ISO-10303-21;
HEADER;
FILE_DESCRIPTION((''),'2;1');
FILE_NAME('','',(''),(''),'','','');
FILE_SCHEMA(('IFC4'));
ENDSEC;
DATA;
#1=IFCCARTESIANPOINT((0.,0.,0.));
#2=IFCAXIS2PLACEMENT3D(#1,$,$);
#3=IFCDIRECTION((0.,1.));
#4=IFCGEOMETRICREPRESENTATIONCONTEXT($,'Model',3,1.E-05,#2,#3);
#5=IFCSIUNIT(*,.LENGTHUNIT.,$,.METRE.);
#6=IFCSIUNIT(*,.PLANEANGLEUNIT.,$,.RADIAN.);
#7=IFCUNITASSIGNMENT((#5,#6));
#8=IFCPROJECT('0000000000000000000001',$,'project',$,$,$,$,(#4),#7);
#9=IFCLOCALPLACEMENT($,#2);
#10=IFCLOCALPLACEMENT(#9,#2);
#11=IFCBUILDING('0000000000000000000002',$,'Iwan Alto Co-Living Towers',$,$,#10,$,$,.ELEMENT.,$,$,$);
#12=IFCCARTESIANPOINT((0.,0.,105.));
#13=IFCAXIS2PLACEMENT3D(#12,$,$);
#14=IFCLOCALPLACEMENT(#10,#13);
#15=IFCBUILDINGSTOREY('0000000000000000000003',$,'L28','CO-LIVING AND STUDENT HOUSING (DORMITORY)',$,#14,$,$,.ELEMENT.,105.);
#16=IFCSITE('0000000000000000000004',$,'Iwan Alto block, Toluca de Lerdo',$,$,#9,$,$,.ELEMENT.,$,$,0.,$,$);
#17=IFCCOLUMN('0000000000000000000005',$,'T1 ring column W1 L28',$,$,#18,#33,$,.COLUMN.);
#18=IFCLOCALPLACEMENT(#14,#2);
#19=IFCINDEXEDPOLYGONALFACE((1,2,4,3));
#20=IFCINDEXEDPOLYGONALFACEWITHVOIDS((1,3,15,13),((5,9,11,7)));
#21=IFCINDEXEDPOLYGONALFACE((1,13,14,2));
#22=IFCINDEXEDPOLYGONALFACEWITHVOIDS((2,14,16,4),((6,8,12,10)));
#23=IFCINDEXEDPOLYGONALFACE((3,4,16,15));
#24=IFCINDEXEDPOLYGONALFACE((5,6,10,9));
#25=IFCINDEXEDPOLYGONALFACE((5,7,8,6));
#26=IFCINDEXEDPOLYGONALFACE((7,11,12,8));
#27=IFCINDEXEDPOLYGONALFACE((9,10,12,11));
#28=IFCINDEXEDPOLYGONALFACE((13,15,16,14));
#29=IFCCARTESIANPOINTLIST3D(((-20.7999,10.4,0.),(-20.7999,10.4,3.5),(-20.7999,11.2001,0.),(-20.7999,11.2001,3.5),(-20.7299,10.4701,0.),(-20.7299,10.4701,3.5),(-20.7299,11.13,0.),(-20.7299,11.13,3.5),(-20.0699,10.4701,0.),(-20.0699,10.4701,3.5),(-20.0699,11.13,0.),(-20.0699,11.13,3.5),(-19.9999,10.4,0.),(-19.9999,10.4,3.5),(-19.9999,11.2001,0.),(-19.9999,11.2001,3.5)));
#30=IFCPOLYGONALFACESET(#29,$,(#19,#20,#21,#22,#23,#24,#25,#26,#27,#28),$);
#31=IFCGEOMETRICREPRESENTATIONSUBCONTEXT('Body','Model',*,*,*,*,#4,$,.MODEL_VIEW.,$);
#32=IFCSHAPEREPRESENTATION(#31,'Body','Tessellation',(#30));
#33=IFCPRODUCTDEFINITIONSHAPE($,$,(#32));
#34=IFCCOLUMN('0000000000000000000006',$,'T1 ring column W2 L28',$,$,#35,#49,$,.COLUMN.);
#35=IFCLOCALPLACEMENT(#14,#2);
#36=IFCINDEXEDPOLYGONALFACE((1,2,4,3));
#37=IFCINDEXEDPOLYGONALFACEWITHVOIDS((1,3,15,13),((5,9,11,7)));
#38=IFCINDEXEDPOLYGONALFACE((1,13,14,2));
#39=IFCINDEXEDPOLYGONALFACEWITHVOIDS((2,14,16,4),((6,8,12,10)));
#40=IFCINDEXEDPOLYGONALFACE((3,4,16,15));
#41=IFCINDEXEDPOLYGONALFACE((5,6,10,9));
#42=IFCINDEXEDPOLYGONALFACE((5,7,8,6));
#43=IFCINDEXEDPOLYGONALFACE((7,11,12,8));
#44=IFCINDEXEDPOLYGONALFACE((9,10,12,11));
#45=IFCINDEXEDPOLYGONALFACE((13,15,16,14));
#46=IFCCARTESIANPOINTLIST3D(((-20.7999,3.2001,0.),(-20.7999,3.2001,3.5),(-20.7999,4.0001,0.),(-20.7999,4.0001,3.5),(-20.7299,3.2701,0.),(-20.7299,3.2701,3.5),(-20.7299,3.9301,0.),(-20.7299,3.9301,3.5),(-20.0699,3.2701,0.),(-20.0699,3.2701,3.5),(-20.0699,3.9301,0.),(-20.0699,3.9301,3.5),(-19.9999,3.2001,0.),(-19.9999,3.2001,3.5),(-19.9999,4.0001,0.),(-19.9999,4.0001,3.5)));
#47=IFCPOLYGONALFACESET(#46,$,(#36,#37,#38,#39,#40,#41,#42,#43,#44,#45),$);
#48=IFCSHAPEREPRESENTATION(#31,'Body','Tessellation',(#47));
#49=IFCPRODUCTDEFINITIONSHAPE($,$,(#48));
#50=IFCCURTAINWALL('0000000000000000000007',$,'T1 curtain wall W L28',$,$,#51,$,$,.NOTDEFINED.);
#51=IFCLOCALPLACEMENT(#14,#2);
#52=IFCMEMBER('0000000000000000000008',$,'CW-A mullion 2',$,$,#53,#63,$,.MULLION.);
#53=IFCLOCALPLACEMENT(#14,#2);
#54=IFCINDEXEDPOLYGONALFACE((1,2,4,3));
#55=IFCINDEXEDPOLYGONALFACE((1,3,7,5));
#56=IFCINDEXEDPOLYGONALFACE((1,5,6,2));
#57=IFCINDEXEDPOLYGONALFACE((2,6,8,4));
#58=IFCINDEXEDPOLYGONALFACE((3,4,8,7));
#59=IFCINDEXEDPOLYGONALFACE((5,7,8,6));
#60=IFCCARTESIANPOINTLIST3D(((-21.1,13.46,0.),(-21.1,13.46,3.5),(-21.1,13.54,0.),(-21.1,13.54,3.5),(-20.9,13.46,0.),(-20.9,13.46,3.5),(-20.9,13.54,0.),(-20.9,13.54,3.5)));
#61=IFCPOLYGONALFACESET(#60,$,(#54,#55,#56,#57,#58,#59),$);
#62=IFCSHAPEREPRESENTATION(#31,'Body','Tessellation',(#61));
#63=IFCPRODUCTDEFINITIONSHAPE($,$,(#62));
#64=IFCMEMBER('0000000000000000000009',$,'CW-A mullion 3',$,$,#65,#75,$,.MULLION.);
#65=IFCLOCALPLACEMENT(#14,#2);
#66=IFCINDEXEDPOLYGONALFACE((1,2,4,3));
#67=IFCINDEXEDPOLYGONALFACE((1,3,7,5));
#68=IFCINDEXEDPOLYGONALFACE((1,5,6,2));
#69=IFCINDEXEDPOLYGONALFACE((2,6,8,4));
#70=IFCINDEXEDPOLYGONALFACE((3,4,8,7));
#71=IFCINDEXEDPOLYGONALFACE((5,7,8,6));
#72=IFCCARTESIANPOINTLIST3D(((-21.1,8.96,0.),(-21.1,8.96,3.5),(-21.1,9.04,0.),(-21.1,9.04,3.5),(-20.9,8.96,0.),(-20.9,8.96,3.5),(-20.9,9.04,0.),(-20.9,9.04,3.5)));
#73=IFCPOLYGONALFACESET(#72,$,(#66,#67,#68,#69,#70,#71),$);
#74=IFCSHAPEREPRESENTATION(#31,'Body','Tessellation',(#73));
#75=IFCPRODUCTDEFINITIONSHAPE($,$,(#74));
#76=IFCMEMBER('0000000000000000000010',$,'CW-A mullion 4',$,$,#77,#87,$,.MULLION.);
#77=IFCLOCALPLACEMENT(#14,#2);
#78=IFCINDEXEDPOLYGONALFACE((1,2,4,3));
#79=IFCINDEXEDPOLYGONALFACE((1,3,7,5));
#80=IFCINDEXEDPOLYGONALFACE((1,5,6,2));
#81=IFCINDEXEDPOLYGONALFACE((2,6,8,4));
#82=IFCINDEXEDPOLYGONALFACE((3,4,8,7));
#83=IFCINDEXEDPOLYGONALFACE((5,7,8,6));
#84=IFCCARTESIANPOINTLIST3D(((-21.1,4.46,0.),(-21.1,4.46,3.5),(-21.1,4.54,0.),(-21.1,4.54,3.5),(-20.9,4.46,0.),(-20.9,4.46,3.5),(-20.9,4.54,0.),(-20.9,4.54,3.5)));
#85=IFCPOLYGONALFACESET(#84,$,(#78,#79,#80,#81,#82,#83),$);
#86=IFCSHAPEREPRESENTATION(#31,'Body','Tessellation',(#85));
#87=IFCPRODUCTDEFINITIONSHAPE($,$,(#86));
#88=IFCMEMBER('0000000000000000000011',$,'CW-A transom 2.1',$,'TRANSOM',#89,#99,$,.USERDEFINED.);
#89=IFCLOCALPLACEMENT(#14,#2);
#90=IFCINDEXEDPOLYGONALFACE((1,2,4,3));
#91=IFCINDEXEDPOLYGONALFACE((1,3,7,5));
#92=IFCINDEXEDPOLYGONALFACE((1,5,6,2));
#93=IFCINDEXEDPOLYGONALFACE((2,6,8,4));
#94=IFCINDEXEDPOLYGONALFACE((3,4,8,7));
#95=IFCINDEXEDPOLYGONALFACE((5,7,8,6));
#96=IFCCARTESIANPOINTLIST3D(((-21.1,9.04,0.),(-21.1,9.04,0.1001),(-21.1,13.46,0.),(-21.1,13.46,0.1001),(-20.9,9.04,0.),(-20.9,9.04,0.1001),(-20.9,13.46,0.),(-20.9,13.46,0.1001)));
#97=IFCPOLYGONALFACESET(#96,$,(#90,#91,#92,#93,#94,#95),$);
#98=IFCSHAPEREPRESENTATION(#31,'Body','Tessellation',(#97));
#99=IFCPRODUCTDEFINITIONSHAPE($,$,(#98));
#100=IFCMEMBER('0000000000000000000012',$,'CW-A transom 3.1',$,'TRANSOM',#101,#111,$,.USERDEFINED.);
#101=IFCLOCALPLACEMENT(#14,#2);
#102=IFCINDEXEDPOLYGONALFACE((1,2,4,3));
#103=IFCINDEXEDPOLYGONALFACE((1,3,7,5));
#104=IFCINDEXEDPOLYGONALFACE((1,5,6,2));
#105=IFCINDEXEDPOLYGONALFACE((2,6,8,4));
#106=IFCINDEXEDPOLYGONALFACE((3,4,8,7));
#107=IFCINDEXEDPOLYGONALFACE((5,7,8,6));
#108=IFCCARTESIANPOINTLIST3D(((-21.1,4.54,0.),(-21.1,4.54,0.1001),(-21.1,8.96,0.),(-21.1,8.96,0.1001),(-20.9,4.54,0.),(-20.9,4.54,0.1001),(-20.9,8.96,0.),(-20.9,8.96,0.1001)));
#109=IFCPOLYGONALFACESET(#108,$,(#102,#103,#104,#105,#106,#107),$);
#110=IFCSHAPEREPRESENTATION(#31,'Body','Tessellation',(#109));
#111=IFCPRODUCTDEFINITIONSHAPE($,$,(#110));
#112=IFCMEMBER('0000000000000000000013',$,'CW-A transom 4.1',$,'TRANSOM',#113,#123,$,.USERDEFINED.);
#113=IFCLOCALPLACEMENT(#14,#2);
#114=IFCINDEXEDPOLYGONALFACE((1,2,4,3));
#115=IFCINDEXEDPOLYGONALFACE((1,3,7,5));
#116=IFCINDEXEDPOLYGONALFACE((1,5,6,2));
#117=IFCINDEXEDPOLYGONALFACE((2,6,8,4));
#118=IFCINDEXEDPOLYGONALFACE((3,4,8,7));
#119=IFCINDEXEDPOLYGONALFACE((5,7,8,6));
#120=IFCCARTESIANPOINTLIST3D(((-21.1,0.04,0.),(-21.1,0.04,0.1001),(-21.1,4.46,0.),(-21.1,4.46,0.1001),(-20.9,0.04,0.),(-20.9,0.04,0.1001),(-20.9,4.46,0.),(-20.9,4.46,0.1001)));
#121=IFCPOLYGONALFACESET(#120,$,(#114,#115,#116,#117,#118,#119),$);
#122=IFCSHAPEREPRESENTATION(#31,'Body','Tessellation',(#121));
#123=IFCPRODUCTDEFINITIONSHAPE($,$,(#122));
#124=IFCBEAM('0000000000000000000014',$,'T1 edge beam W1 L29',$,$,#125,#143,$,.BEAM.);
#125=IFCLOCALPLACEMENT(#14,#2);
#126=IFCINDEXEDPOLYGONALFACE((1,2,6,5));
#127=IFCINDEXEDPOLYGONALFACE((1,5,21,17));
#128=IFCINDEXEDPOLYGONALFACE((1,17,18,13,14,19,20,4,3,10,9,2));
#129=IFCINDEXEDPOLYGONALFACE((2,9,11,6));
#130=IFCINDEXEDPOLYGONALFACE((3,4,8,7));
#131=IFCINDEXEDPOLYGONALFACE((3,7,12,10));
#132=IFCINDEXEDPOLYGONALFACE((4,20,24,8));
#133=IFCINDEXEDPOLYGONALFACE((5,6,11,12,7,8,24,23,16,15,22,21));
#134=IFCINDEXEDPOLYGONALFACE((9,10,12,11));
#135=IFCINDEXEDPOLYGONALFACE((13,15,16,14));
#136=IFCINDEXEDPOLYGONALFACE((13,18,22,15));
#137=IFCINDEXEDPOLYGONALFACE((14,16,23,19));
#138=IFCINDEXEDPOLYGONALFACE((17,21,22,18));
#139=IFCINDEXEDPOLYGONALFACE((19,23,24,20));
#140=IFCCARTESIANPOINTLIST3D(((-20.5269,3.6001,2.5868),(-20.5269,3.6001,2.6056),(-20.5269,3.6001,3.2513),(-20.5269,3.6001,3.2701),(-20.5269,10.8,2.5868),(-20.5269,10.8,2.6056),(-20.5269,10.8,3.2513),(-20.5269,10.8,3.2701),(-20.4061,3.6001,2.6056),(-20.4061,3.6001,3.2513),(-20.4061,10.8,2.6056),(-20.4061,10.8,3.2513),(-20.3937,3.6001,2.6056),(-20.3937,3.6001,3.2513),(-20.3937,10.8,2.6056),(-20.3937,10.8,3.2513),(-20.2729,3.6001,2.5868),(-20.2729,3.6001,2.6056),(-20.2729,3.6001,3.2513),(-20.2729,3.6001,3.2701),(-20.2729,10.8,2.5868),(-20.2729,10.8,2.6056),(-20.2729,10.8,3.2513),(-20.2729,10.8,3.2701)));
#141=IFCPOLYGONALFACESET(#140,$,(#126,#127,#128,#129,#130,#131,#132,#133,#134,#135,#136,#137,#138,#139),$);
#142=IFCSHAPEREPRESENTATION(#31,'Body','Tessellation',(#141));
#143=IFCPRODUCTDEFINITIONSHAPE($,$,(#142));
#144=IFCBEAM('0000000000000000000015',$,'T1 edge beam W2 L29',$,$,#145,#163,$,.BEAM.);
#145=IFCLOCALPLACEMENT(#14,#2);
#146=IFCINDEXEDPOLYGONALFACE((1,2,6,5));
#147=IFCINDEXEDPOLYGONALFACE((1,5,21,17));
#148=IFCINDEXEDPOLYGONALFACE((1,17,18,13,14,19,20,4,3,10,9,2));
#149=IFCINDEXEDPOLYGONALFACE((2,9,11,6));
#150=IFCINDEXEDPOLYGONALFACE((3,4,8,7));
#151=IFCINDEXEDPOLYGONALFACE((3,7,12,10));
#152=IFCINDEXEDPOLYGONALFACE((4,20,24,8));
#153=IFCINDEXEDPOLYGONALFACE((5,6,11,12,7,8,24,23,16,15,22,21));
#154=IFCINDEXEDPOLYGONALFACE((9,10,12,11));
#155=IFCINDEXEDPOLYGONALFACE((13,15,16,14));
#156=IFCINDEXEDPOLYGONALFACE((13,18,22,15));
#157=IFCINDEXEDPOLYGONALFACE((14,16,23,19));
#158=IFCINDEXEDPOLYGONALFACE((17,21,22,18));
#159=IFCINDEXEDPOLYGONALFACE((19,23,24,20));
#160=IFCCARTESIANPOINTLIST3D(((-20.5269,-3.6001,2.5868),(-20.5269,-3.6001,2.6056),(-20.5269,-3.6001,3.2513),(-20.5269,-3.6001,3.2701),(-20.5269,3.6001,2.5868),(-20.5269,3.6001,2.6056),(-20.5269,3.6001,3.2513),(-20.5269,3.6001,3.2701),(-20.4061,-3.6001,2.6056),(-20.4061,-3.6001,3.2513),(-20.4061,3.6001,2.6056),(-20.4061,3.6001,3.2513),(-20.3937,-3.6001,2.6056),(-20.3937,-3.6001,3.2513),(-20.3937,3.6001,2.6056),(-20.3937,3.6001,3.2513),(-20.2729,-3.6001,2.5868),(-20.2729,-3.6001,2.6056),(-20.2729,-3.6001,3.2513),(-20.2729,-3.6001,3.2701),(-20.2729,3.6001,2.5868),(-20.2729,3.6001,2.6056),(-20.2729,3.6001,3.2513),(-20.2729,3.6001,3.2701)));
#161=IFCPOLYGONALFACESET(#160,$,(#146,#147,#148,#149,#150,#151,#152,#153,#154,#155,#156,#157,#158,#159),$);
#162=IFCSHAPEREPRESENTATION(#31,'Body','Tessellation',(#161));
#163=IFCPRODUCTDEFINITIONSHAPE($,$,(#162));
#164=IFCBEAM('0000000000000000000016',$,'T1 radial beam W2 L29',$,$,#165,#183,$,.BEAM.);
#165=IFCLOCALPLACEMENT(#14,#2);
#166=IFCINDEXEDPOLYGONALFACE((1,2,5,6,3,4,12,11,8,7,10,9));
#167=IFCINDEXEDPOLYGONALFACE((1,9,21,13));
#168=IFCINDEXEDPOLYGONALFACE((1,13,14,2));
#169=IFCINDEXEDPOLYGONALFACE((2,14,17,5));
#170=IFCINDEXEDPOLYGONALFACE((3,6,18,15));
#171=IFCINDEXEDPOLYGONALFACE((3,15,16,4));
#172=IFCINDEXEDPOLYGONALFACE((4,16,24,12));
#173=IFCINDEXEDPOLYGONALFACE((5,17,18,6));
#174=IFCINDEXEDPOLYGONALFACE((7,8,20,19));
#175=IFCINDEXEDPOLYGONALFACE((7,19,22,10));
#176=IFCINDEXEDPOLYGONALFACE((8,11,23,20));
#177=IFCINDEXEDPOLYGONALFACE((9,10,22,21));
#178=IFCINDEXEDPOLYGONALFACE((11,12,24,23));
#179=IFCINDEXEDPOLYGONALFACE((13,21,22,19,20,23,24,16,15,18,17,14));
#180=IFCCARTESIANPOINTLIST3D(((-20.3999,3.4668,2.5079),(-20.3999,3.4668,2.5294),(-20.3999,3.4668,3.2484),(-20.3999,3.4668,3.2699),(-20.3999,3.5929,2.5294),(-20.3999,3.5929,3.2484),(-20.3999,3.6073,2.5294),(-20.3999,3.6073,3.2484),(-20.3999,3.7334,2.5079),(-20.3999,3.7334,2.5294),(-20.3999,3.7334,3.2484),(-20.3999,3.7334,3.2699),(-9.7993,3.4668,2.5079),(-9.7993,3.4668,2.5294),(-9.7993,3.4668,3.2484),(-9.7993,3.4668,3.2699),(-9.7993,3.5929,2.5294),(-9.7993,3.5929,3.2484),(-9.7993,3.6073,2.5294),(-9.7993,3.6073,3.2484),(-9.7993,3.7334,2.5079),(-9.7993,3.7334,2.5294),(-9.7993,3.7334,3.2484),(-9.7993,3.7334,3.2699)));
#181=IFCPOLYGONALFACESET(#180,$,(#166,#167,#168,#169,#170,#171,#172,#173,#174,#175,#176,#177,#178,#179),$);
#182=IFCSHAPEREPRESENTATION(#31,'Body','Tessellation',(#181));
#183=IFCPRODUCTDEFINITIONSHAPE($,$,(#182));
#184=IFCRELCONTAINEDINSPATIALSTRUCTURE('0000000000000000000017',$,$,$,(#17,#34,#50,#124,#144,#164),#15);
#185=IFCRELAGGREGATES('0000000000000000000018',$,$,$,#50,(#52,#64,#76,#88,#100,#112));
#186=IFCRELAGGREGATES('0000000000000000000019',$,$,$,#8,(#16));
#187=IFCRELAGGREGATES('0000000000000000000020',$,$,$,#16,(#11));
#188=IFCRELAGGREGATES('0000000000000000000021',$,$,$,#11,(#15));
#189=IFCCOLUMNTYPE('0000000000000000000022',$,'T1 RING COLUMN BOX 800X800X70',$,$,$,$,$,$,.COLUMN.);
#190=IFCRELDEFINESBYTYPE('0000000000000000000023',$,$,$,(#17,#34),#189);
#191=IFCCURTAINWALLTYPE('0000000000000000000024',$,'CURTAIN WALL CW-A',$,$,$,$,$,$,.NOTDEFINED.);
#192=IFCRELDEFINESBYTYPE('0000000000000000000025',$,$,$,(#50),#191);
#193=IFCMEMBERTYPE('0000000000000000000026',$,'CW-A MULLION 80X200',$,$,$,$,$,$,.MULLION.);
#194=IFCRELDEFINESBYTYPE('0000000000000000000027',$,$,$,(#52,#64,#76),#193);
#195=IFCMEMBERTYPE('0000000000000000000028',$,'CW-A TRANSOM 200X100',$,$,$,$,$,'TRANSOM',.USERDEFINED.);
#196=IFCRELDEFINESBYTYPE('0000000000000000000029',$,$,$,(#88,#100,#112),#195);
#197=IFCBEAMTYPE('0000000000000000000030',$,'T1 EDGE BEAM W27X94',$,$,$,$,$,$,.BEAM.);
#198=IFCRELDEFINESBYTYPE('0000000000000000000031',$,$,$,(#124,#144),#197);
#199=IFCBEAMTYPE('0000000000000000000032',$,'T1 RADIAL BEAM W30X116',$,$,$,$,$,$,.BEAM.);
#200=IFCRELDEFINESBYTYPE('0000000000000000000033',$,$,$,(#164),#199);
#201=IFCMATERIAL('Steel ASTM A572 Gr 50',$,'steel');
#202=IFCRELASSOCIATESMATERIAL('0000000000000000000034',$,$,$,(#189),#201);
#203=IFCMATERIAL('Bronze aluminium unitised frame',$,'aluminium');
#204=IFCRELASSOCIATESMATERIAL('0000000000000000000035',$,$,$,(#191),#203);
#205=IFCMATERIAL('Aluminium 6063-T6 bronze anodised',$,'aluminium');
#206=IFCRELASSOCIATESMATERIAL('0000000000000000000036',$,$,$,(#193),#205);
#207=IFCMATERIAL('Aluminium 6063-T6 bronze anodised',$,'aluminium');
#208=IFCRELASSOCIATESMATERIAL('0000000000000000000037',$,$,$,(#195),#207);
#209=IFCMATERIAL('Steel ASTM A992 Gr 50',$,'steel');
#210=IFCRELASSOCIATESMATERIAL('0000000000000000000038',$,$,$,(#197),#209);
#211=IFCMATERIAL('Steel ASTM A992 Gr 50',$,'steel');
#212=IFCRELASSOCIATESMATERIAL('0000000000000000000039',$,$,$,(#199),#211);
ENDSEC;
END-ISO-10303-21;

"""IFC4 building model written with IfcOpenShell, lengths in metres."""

from ifc_helpers import new_model, si_unit, direction, frame, origin, origin_2d, place, context, subcontext, project, spatial, rectangle, hollow_rectangle, i_section, extrude, material, material_profile, profile_set, type_object, element, aggregate, save


model = new_model("IFC4")

# Units and contexts
model_context = context("Model", 3, precision=1e-05, world=origin(), true_north=direction((0.0, 1.0)))
body_context = subcontext(model_context, "Body", "Model", "MODEL_VIEW")
ifc_project = project(units=[si_unit("LENGTHUNIT", "METRE"), si_unit("PLANEANGLEUNIT", "RADIAN")], contexts=[model_context])

# Site, building, storey
site_placement = place(None, origin())
site = spatial("IfcSite", under=ifc_project, at=site_placement, Name="Iwan Alto block, Toluca de Lerdo", CompositionType="ELEMENT", RefElevation=0.0)
building_placement = place(site_placement, origin())
building = spatial("IfcBuilding", under=site, at=building_placement, Name="Iwan Alto Co-Living Towers", CompositionType="ELEMENT")
storey_placement = place(building_placement, frame((0.0, 0.0, 105.0)))
storey = spatial("IfcBuildingStorey", under=building, at=storey_placement, Name="L28", Description="CO-LIVING AND STUDENT HOUSING (DORMITORY)", CompositionType="ELEMENT", Elevation=105.0)

# Columns
ifc_material_1 = material(Name="Steel ASTM A572 Gr 50", Category="steel")
ifc_material_profile_1 = material_profile(ifc_material_1, hollow_rectangle(XDim=0.8, YDim=0.8, WallThickness=0.0701, at=origin_2d()), Name="BOX 800X800X70")
ifc_profile_set_1 = profile_set([ifc_material_profile_1], Name="Steel ASTM A572 Gr 50")
column_type = type_object("IfcColumnType", Name="T1 RING COLUMN BOX 800X800X70", PredefinedType="COLUMN", material=ifc_profile_set_1)
for number, where, z_axis, x_axis, name in (
    (1, (-20.3999, 10.8, 0.0), (0.0, 0.0, 1.0), (1.0, 0.0, 0.0), "T1 ring column W1 L28"),
    (2, (-20.3999, 3.6001, 0.0), (0.0, 0.0, 1.0), (1.0, 0.0, 0.0), "T1 ring column W2 L28"),
):
    element("IfcColumn", number, at=place(storey_placement, frame(where, z_axis=z_axis, x_axis=x_axis)), inside=storey, type_object=column_type, Name=name, PredefinedType="COLUMN", context=body_context, shape_type="SweptSolid", body=[
        extrude(hollow_rectangle(XDim=0.8, YDim=0.8, WallThickness=0.0701, at=origin_2d()), origin(), (0.0, 0.0, 1.0), 3.5),
    ])

# Curtain wall, members
ifc_material_2 = material(Name="Bronze aluminium unitised frame", Category="aluminium")
curtain_wall_type = type_object("IfcCurtainWallType", Name="CURTAIN WALL CW-A", PredefinedType="NOTDEFINED", material=ifc_material_2)
curtain_wall_placement = place(storey_placement, origin())
curtain_wall = element("IfcCurtainWall", 3, at=curtain_wall_placement, inside=storey, type_object=curtain_wall_type, Name="T1 curtain wall W L28", PredefinedType="NOTDEFINED")
ifc_material_3 = material(Name="Aluminium 6063-T6 bronze anodised", Category="aluminium")
ifc_material_profile_2 = material_profile(ifc_material_3, rectangle(XDim=0.2, YDim=0.0801, at=origin_2d()), Name="AL 80X200")
ifc_profile_set_2 = profile_set([ifc_material_profile_2], Name="Aluminium 6063-T6 bronze anodised")
member_type_1 = type_object("IfcMemberType", Name="CW-A MULLION 80X200", PredefinedType="MULLION", material=ifc_profile_set_2)
member_1_placement = place(storey_placement, frame((-21.0, 13.5, 0.0), z_axis=(0.0, 0.0, 1.0), x_axis=(1.0, 0.0, 0.0)))
member_1 = element("IfcMember", 4, at=member_1_placement, type_object=member_type_1, Name="CW-A mullion 2", PredefinedType="MULLION", context=body_context, shape_type="SweptSolid", body=[
    extrude(rectangle(XDim=0.2, YDim=0.0801, at=origin_2d()), origin(), (0.0, 0.0, 1.0), 3.5),
])
member_2_placement = place(storey_placement, frame((-21.0, 9.0, 0.0), z_axis=(0.0, 0.0, 1.0), x_axis=(1.0, 0.0, 0.0)))
member_2 = element("IfcMember", 5, at=member_2_placement, type_object=member_type_1, Name="CW-A mullion 3", PredefinedType="MULLION", context=body_context, shape_type="SweptSolid", body=[
    extrude(rectangle(XDim=0.2, YDim=0.0801, at=origin_2d()), origin(), (0.0, 0.0, 1.0), 3.5),
])
member_3_placement = place(storey_placement, frame((-21.0, 4.5, 0.0), z_axis=(0.0, 0.0, 1.0), x_axis=(1.0, 0.0, 0.0)))
member_3 = element("IfcMember", 6, at=member_3_placement, type_object=member_type_1, Name="CW-A mullion 4", PredefinedType="MULLION", context=body_context, shape_type="SweptSolid", body=[
    extrude(rectangle(XDim=0.2, YDim=0.0801, at=origin_2d()), origin(), (0.0, 0.0, 1.0), 3.5),
])
ifc_material_4 = material(Name="Aluminium 6063-T6 bronze anodised", Category="aluminium")
ifc_material_profile_3 = material_profile(ifc_material_4, rectangle(XDim=0.2, YDim=0.1001, at=origin_2d()), Name="AL 200X100")
ifc_profile_set_3 = profile_set([ifc_material_profile_3], Name="Aluminium 6063-T6 bronze anodised")
member_type_2 = type_object("IfcMemberType", Name="CW-A TRANSOM 200X100", ElementType="TRANSOM", PredefinedType="USERDEFINED", material=ifc_profile_set_3)
member_4_placement = place(storey_placement, frame((-21.0, 13.46, 0.05), z_axis=(0.0, -1.0, 0.0), x_axis=(1.0, 0.0, 0.0)))
member_4 = element("IfcMember", 7, at=member_4_placement, type_object=member_type_2, Name="CW-A transom 2.1", ObjectType="TRANSOM", PredefinedType="USERDEFINED", context=body_context, shape_type="SweptSolid", body=[
    extrude(rectangle(XDim=0.2, YDim=0.1001, at=origin_2d()), origin(), (0.0, 0.0, 1.0), 4.4199),
])
member_5_placement = place(storey_placement, frame((-21.0, 8.96, 0.05), z_axis=(0.0, -1.0, 0.0), x_axis=(1.0, 0.0, 0.0)))
member_5 = element("IfcMember", 8, at=member_5_placement, type_object=member_type_2, Name="CW-A transom 3.1", ObjectType="TRANSOM", PredefinedType="USERDEFINED", context=body_context, shape_type="SweptSolid", body=[
    extrude(rectangle(XDim=0.2, YDim=0.1001, at=origin_2d()), origin(), (0.0, 0.0, 1.0), 4.4199),
])
member_6_placement = place(storey_placement, frame((-21.0, 4.46, 0.05), z_axis=(0.0, -1.0, 0.0), x_axis=(1.0, 0.0, 0.0)))
member_6 = element("IfcMember", 9, at=member_6_placement, type_object=member_type_2, Name="CW-A transom 4.1", ObjectType="TRANSOM", PredefinedType="USERDEFINED", context=body_context, shape_type="SweptSolid", body=[
    extrude(rectangle(XDim=0.2, YDim=0.1001, at=origin_2d()), origin(), (0.0, 0.0, 1.0), 4.4199),
])

# Beams
ifc_material_5 = material(Name="Steel ASTM A992 Gr 50", Category="steel")
ifc_material_profile_4 = material_profile(ifc_material_5, i_section(OverallWidth=0.2539, OverallDepth=0.6833, WebThickness=0.0125, FlangeThickness=0.0188, at=origin_2d()), Name="W27X94")
ifc_profile_set_4 = profile_set([ifc_material_profile_4], Name="Steel ASTM A992 Gr 50")
beam_type_1 = type_object("IfcBeamType", Name="T1 EDGE BEAM W27X94", PredefinedType="BEAM", material=ifc_profile_set_4)
beam_1_placement = place(storey_placement, frame((-20.3999, 10.8, 2.9285), z_axis=(0.0, -1.0, 0.0), x_axis=(1.0, 0.0, 0.0)))
element("IfcBeam", 10, at=beam_1_placement, inside=storey, type_object=beam_type_1, Name="T1 edge beam W1 L29", PredefinedType="BEAM", context=body_context, shape_type="SweptSolid", body=[
    extrude(i_section(OverallWidth=0.2539, OverallDepth=0.6833, WebThickness=0.0125, FlangeThickness=0.0188, at=origin_2d()), origin(), (0.0, 0.0, 1.0), 7.2),
])
beam_2_placement = place(storey_placement, frame((-20.3999, 3.6001, 2.9285), z_axis=(0.0, -1.0, 0.0), x_axis=(1.0, 0.0, 0.0)))
element("IfcBeam", 11, at=beam_2_placement, inside=storey, type_object=beam_type_1, Name="T1 edge beam W2 L29", PredefinedType="BEAM", context=body_context, shape_type="SweptSolid", body=[
    extrude(i_section(OverallWidth=0.2539, OverallDepth=0.6833, WebThickness=0.0125, FlangeThickness=0.0188, at=origin_2d()), origin(), (0.0, 0.0, 1.0), 7.2002),
])
ifc_material_6 = material(Name="Steel ASTM A992 Gr 50", Category="steel")
ifc_material_profile_5 = material_profile(ifc_material_6, i_section(OverallWidth=0.2666, OverallDepth=0.762, WebThickness=0.0144, FlangeThickness=0.0215, at=origin_2d()), Name="W30X116")
ifc_profile_set_5 = profile_set([ifc_material_profile_5], Name="Steel ASTM A992 Gr 50")
beam_type_2 = type_object("IfcBeamType", Name="T1 RADIAL BEAM W30X116", PredefinedType="BEAM", material=ifc_profile_set_5)
beam_3_placement = place(storey_placement, frame((-20.3999, 3.6001, 2.8889), z_axis=(1.0, 0.0, 0.0), x_axis=(0.0, 1.0, 0.0)))
element("IfcBeam", 12, at=beam_3_placement, inside=storey, type_object=beam_type_2, Name="T1 radial beam W2 L29", PredefinedType="BEAM", context=body_context, shape_type="SweptSolid", body=[
    extrude(i_section(OverallWidth=0.2666, OverallDepth=0.762, WebThickness=0.0144, FlangeThickness=0.0215, at=origin_2d()), origin(), (0.0, 0.0, 1.0), 10.6006),
])

aggregate(curtain_wall, [member_1, member_2, member_3, member_4, member_5, member_6])

save(model, "model.ifc")
